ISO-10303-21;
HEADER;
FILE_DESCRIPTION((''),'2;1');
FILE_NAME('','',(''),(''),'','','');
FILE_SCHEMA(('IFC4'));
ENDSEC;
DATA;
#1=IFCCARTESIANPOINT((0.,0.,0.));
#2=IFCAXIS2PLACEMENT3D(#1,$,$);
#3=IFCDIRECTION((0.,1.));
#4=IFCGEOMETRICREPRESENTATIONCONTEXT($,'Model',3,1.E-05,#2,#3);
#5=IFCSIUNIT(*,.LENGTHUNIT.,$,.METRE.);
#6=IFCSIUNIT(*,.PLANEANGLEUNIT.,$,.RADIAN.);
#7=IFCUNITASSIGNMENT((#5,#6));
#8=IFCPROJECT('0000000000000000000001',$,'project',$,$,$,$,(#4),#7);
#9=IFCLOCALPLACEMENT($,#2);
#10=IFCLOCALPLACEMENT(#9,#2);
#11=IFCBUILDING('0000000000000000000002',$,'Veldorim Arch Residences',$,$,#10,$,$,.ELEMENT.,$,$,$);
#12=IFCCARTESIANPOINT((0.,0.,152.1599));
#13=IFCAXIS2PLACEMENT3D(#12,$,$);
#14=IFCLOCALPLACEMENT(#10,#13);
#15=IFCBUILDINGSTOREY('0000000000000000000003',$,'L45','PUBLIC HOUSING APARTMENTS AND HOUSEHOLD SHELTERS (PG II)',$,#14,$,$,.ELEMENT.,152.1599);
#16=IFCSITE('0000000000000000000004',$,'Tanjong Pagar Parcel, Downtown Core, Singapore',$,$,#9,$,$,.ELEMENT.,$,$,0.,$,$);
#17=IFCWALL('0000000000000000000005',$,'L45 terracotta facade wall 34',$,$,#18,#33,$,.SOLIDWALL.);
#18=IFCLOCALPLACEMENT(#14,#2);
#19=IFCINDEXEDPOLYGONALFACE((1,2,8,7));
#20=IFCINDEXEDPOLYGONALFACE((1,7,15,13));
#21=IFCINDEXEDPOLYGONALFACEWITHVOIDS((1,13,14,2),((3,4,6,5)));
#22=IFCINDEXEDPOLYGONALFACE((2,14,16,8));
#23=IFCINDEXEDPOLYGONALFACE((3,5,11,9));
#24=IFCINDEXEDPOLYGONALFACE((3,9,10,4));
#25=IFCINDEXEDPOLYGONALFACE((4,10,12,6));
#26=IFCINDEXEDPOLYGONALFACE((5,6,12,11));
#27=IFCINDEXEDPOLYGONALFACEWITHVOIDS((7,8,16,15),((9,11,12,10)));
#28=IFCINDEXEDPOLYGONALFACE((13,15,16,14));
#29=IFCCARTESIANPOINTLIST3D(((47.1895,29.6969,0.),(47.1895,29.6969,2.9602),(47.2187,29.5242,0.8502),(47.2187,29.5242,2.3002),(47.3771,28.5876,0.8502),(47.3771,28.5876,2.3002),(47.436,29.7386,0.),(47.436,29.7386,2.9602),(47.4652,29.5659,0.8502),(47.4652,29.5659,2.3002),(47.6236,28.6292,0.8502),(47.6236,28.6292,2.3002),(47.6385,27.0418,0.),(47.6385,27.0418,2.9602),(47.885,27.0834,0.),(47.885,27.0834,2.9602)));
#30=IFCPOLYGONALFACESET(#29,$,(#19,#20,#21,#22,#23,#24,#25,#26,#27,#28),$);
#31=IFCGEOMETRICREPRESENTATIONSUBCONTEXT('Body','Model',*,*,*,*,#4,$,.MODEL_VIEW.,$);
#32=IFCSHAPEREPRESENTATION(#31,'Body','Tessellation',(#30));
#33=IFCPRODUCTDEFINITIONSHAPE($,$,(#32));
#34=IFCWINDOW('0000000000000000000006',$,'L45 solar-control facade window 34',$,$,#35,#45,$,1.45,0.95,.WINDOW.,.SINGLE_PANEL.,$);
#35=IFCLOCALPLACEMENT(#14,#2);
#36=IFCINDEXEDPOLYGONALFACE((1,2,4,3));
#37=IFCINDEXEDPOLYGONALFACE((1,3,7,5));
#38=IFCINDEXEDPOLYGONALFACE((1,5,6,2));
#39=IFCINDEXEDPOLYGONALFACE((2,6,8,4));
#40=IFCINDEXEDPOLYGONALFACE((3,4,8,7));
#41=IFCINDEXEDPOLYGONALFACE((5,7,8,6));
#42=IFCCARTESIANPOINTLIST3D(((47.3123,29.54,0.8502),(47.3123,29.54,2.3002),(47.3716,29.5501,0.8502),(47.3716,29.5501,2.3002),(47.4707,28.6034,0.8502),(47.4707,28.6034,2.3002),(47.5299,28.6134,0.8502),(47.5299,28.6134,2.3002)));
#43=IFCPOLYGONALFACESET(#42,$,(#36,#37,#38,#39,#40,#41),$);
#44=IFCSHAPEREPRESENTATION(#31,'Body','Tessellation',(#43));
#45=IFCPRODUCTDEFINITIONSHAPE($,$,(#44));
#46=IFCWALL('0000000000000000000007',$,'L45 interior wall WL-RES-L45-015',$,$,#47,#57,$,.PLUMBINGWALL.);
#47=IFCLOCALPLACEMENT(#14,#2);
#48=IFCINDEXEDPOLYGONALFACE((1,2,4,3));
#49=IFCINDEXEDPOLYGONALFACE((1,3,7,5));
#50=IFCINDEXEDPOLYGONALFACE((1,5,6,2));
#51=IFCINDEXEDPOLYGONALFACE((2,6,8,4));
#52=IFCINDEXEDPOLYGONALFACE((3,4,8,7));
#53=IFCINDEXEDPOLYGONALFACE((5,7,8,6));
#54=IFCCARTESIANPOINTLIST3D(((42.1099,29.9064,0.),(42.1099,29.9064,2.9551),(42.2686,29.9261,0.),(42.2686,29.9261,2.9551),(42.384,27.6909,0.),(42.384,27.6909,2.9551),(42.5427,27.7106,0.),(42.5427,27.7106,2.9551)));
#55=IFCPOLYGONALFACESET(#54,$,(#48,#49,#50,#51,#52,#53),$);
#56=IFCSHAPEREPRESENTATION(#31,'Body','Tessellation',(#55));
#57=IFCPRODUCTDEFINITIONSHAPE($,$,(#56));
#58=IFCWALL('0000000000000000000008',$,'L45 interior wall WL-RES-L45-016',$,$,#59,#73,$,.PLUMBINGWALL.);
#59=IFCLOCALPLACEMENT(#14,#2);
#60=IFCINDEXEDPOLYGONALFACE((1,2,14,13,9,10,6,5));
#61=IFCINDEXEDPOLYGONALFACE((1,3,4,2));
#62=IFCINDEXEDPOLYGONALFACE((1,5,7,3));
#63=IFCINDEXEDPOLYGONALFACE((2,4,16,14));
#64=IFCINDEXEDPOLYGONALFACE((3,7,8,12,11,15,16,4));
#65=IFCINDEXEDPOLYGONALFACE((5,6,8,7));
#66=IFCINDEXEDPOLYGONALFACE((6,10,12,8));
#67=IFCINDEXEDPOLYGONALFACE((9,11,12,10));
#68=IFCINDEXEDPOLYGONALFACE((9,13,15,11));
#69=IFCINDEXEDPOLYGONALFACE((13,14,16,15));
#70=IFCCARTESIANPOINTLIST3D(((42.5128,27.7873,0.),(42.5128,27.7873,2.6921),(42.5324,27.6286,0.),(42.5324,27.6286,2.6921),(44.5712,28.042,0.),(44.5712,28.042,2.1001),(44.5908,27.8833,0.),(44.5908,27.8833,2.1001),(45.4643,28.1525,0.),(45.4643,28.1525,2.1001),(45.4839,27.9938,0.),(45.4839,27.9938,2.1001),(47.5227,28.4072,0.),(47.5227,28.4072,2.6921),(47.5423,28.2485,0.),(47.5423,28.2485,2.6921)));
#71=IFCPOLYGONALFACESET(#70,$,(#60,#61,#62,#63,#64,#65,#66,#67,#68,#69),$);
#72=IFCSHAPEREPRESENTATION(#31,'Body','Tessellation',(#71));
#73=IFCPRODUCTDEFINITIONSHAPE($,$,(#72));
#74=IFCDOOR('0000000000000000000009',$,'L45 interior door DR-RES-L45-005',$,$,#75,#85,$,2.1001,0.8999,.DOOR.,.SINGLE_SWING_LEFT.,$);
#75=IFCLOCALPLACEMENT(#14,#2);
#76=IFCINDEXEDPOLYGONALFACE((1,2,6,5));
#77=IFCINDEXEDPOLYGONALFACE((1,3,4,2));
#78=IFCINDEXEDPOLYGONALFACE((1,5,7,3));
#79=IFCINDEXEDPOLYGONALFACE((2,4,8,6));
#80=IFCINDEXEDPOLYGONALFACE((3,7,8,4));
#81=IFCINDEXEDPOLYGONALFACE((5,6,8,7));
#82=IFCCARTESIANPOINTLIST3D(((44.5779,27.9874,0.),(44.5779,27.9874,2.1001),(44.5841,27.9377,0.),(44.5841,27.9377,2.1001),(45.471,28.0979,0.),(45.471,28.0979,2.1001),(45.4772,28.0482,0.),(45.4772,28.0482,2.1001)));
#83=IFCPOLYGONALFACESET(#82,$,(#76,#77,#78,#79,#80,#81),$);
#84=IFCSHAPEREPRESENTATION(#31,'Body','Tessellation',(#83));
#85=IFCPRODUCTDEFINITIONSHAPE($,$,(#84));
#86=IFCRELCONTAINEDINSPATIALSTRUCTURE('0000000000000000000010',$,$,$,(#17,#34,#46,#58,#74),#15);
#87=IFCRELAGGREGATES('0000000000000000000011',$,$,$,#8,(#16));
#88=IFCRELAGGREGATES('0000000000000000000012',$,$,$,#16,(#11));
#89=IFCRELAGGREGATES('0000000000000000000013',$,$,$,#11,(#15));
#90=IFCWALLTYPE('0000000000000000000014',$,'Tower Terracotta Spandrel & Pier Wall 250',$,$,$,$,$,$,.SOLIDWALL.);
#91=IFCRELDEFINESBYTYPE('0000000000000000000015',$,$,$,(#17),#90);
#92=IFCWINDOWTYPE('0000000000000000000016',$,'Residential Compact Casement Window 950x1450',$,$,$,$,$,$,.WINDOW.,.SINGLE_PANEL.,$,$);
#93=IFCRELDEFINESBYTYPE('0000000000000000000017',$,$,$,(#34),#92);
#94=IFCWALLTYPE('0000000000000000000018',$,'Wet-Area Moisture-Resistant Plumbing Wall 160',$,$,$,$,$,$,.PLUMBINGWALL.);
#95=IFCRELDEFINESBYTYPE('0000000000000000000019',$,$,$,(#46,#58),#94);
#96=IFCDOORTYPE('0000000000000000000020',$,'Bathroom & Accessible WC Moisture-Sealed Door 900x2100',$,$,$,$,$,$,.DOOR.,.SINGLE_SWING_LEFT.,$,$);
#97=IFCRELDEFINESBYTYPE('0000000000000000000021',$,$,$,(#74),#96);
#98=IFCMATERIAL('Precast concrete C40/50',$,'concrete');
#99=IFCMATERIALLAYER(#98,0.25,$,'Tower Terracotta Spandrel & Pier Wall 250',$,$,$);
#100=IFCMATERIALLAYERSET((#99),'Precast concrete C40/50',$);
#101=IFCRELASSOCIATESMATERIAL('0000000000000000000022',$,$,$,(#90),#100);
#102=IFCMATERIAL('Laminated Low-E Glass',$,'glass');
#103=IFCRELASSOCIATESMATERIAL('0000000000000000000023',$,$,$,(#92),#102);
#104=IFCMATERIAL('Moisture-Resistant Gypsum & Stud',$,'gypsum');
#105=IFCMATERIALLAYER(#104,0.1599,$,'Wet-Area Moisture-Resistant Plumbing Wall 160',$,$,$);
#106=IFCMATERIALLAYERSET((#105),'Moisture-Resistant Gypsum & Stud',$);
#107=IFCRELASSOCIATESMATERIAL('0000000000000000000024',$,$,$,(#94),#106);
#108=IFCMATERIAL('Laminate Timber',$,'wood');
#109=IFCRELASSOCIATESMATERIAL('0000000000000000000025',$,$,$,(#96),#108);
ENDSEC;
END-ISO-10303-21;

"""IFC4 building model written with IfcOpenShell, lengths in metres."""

from ifc_helpers import new_model, si_unit, direction, frame, frame_2d, origin, place, context, subcontext, project, spatial, rectangle, extrude, material, layer, layer_set, type_object, element, fill, save


model = new_model("IFC4")

# Units and contexts
model_context = context("Model", 3, precision=1e-05, world=origin(), true_north=direction((0.0, 1.0)))
body_context = subcontext(model_context, "Body", "Model", "MODEL_VIEW")
ifc_project = project(units=[si_unit("LENGTHUNIT", "METRE"), si_unit("PLANEANGLEUNIT", "RADIAN")], contexts=[model_context])

# Site, building, storey
site_placement = place(None, origin())
site = spatial("IfcSite", under=ifc_project, at=site_placement, Name="Tanjong Pagar Parcel, Downtown Core, Singapore", CompositionType="ELEMENT", RefElevation=0.0)
building_placement = place(site_placement, origin())
building = spatial("IfcBuilding", under=site, at=building_placement, Name="Veldorim Arch Residences", CompositionType="ELEMENT")
storey_placement = place(building_placement, frame((0.0, 0.0, 152.1599)))
storey = spatial("IfcBuildingStorey", under=building, at=storey_placement, Name="L45", Description="PUBLIC HOUSING APARTMENTS AND HOUSEHOLD SHELTERS (PG II)", CompositionType="ELEMENT", Elevation=152.1599)

# Shared definitions
ifc_material_1 = material(Name="Precast concrete C40/50", Category="concrete")
ifc_layer_1 = layer(ifc_material_1, 0.25, Name="Tower Terracotta Spandrel & Pier Wall 250")
ifc_layer_set_1 = layer_set([ifc_layer_1], Name="Precast concrete C40/50")
wall_type_1 = type_object("IfcWallType", Name="Tower Terracotta Spandrel & Pier Wall 250", PredefinedType="SOLIDWALL", material=ifc_layer_set_1)

# Wall, opening, window
wall_1_placement = place(storey_placement, frame((47.3127, 29.7178, 0.0), z_axis=(0.0, 0.0, 1.0), x_axis=(0.166721, -0.986004, 0.0)))
wall_1 = element("IfcWall", 1, at=wall_1_placement, inside=storey, type_object=wall_type_1, Name="L45 terracotta facade wall 34", PredefinedType="SOLIDWALL", context=body_context, shape_type="SweptSolid", body=[
    extrude(rectangle(XDim=2.6929, YDim=0.25, at=frame_2d((1.3464, 0.0))), origin(), (0.0, 0.0, 1.0), 2.9602),
])
opening_1_placement = place(wall_1_placement, frame((0.175, 0.0, 0.8501)))
opening_1 = element("IfcOpeningElement", 2, at=opening_1_placement, cuts=wall_1, PredefinedType="OPENING", context=body_context, shape_type="SweptSolid", body=[
    extrude(rectangle(XDim=0.95, YDim=1.45, at=frame_2d((0.4751, 0.7251))), frame((0.0, 0.135, 0.0), z_axis=(0.0, -1.0, 0.0), x_axis=(1.0, 0.0, 0.0)), (0.0, 0.0, 1.0), 0.27),
])
ifc_material_2 = material(Name="Laminated Low-E Glass", Category="glass")
window_type = type_object("IfcWindowType", Name="Residential Compact Casement Window 950x1450", PartitioningType="SINGLE_PANEL", PredefinedType="WINDOW", material=ifc_material_2)
window_placement = place(opening_1_placement, origin())
window = element("IfcWindow", 3, at=window_placement, inside=storey, type_object=window_type, Name="L45 solar-control facade window 34", OverallHeight=1.45, OverallWidth=0.95, PartitioningType="SINGLE_PANEL", PredefinedType="WINDOW", context=body_context, shape_type="SweptSolid", body=[
    extrude(rectangle(XDim=0.95, YDim=1.45, at=frame_2d((0.4751, 0.7251))), frame((0.0, 0.03, 0.0), z_axis=(0.0, -1.0, 0.0), x_axis=(1.0, 0.0, 0.0)), (0.0, 0.0, 1.0), 0.0601),
])
fill(opening_1, window)

# Wall
ifc_material_3 = material(Name="Moisture-Resistant Gypsum & Stud", Category="gypsum")
ifc_layer_2 = layer(ifc_material_3, 0.1599, Name="Wet-Area Moisture-Resistant Plumbing Wall 160")
ifc_layer_set_2 = layer_set([ifc_layer_2], Name="Moisture-Resistant Gypsum & Stud")
wall_type_2 = type_object("IfcWallType", Name="Wet-Area Moisture-Resistant Plumbing Wall 160", PredefinedType="PLUMBINGWALL", material=ifc_layer_set_2)
wall_2_placement = place(storey_placement, frame((42.1892, 29.9163, 0.0), z_axis=(0.0, 0.0, 1.0), x_axis=(0.12281, -0.99243, 0.0)))
element("IfcWall", 4, at=wall_2_placement, inside=storey, type_object=wall_type_2, Name="L45 interior wall WL-RES-L45-015", PredefinedType="PLUMBINGWALL", context=body_context, shape_type="SweptSolid", body=[
    extrude(rectangle(XDim=2.2324, YDim=0.1599, at=frame_2d((1.1162, 0.0))), origin(), (0.0, 0.0, 1.0), 2.9551),
])

# Wall, opening, door
wall_3_placement = place(storey_placement, frame((42.5227, 27.708, 0.0), z_axis=(0.0, 0.0, 1.0), x_axis=(0.992433, 0.122791, 0.0)))
wall_3 = element("IfcWall", 5, at=wall_3_placement, inside=storey, type_object=wall_type_2, Name="L45 interior wall WL-RES-L45-016", PredefinedType="PLUMBINGWALL", context=body_context, shape_type="SweptSolid", body=[
    extrude(rectangle(XDim=5.0481, YDim=0.1599, at=frame_2d((2.5239, 0.0))), origin(), (0.0, 0.0, 1.0), 2.6921),
])
opening_2_placement = place(wall_3_placement, frame((2.074, 0.0, 0.0)))
opening_2 = element("IfcOpeningElement", 6, at=opening_2_placement, cuts=wall_3, PredefinedType="OPENING", context=body_context, shape_type="SweptSolid", body=[
    extrude(rectangle(XDim=0.8999, YDim=2.1001, at=frame_2d((0.45, 1.05))), frame((0.0, 0.0898, 0.0), z_axis=(0.0, -1.0, 0.0), x_axis=(1.0, 0.0, 0.0)), (0.0, 0.0, 1.0), 0.1799),
])
ifc_material_4 = material(Name="Laminate Timber", Category="wood")
door_type = type_object("IfcDoorType", Name="Bathroom & Accessible WC Moisture-Sealed Door 900x2100", OperationType="SINGLE_SWING_LEFT", PredefinedType="DOOR", material=ifc_material_4)
door_placement = place(opening_2_placement, origin())
door = element("IfcDoor", 7, at=door_placement, inside=storey, type_object=door_type, Name="L45 interior door DR-RES-L45-005", OperationType="SINGLE_SWING_LEFT", OverallHeight=2.1001, OverallWidth=0.8999, PredefinedType="DOOR", context=body_context, shape_type="SweptSolid", body=[
    extrude(rectangle(XDim=0.8999, YDim=2.1001, at=frame_2d((0.45, 1.05))), frame((0.0, 0.0249, 0.0), z_axis=(0.0, -1.0, 0.0), x_axis=(1.0, 0.0, 0.0)), (0.0, 0.0, 1.0), 0.05),
])
fill(opening_2, door)

save(model, "model.ifc")
